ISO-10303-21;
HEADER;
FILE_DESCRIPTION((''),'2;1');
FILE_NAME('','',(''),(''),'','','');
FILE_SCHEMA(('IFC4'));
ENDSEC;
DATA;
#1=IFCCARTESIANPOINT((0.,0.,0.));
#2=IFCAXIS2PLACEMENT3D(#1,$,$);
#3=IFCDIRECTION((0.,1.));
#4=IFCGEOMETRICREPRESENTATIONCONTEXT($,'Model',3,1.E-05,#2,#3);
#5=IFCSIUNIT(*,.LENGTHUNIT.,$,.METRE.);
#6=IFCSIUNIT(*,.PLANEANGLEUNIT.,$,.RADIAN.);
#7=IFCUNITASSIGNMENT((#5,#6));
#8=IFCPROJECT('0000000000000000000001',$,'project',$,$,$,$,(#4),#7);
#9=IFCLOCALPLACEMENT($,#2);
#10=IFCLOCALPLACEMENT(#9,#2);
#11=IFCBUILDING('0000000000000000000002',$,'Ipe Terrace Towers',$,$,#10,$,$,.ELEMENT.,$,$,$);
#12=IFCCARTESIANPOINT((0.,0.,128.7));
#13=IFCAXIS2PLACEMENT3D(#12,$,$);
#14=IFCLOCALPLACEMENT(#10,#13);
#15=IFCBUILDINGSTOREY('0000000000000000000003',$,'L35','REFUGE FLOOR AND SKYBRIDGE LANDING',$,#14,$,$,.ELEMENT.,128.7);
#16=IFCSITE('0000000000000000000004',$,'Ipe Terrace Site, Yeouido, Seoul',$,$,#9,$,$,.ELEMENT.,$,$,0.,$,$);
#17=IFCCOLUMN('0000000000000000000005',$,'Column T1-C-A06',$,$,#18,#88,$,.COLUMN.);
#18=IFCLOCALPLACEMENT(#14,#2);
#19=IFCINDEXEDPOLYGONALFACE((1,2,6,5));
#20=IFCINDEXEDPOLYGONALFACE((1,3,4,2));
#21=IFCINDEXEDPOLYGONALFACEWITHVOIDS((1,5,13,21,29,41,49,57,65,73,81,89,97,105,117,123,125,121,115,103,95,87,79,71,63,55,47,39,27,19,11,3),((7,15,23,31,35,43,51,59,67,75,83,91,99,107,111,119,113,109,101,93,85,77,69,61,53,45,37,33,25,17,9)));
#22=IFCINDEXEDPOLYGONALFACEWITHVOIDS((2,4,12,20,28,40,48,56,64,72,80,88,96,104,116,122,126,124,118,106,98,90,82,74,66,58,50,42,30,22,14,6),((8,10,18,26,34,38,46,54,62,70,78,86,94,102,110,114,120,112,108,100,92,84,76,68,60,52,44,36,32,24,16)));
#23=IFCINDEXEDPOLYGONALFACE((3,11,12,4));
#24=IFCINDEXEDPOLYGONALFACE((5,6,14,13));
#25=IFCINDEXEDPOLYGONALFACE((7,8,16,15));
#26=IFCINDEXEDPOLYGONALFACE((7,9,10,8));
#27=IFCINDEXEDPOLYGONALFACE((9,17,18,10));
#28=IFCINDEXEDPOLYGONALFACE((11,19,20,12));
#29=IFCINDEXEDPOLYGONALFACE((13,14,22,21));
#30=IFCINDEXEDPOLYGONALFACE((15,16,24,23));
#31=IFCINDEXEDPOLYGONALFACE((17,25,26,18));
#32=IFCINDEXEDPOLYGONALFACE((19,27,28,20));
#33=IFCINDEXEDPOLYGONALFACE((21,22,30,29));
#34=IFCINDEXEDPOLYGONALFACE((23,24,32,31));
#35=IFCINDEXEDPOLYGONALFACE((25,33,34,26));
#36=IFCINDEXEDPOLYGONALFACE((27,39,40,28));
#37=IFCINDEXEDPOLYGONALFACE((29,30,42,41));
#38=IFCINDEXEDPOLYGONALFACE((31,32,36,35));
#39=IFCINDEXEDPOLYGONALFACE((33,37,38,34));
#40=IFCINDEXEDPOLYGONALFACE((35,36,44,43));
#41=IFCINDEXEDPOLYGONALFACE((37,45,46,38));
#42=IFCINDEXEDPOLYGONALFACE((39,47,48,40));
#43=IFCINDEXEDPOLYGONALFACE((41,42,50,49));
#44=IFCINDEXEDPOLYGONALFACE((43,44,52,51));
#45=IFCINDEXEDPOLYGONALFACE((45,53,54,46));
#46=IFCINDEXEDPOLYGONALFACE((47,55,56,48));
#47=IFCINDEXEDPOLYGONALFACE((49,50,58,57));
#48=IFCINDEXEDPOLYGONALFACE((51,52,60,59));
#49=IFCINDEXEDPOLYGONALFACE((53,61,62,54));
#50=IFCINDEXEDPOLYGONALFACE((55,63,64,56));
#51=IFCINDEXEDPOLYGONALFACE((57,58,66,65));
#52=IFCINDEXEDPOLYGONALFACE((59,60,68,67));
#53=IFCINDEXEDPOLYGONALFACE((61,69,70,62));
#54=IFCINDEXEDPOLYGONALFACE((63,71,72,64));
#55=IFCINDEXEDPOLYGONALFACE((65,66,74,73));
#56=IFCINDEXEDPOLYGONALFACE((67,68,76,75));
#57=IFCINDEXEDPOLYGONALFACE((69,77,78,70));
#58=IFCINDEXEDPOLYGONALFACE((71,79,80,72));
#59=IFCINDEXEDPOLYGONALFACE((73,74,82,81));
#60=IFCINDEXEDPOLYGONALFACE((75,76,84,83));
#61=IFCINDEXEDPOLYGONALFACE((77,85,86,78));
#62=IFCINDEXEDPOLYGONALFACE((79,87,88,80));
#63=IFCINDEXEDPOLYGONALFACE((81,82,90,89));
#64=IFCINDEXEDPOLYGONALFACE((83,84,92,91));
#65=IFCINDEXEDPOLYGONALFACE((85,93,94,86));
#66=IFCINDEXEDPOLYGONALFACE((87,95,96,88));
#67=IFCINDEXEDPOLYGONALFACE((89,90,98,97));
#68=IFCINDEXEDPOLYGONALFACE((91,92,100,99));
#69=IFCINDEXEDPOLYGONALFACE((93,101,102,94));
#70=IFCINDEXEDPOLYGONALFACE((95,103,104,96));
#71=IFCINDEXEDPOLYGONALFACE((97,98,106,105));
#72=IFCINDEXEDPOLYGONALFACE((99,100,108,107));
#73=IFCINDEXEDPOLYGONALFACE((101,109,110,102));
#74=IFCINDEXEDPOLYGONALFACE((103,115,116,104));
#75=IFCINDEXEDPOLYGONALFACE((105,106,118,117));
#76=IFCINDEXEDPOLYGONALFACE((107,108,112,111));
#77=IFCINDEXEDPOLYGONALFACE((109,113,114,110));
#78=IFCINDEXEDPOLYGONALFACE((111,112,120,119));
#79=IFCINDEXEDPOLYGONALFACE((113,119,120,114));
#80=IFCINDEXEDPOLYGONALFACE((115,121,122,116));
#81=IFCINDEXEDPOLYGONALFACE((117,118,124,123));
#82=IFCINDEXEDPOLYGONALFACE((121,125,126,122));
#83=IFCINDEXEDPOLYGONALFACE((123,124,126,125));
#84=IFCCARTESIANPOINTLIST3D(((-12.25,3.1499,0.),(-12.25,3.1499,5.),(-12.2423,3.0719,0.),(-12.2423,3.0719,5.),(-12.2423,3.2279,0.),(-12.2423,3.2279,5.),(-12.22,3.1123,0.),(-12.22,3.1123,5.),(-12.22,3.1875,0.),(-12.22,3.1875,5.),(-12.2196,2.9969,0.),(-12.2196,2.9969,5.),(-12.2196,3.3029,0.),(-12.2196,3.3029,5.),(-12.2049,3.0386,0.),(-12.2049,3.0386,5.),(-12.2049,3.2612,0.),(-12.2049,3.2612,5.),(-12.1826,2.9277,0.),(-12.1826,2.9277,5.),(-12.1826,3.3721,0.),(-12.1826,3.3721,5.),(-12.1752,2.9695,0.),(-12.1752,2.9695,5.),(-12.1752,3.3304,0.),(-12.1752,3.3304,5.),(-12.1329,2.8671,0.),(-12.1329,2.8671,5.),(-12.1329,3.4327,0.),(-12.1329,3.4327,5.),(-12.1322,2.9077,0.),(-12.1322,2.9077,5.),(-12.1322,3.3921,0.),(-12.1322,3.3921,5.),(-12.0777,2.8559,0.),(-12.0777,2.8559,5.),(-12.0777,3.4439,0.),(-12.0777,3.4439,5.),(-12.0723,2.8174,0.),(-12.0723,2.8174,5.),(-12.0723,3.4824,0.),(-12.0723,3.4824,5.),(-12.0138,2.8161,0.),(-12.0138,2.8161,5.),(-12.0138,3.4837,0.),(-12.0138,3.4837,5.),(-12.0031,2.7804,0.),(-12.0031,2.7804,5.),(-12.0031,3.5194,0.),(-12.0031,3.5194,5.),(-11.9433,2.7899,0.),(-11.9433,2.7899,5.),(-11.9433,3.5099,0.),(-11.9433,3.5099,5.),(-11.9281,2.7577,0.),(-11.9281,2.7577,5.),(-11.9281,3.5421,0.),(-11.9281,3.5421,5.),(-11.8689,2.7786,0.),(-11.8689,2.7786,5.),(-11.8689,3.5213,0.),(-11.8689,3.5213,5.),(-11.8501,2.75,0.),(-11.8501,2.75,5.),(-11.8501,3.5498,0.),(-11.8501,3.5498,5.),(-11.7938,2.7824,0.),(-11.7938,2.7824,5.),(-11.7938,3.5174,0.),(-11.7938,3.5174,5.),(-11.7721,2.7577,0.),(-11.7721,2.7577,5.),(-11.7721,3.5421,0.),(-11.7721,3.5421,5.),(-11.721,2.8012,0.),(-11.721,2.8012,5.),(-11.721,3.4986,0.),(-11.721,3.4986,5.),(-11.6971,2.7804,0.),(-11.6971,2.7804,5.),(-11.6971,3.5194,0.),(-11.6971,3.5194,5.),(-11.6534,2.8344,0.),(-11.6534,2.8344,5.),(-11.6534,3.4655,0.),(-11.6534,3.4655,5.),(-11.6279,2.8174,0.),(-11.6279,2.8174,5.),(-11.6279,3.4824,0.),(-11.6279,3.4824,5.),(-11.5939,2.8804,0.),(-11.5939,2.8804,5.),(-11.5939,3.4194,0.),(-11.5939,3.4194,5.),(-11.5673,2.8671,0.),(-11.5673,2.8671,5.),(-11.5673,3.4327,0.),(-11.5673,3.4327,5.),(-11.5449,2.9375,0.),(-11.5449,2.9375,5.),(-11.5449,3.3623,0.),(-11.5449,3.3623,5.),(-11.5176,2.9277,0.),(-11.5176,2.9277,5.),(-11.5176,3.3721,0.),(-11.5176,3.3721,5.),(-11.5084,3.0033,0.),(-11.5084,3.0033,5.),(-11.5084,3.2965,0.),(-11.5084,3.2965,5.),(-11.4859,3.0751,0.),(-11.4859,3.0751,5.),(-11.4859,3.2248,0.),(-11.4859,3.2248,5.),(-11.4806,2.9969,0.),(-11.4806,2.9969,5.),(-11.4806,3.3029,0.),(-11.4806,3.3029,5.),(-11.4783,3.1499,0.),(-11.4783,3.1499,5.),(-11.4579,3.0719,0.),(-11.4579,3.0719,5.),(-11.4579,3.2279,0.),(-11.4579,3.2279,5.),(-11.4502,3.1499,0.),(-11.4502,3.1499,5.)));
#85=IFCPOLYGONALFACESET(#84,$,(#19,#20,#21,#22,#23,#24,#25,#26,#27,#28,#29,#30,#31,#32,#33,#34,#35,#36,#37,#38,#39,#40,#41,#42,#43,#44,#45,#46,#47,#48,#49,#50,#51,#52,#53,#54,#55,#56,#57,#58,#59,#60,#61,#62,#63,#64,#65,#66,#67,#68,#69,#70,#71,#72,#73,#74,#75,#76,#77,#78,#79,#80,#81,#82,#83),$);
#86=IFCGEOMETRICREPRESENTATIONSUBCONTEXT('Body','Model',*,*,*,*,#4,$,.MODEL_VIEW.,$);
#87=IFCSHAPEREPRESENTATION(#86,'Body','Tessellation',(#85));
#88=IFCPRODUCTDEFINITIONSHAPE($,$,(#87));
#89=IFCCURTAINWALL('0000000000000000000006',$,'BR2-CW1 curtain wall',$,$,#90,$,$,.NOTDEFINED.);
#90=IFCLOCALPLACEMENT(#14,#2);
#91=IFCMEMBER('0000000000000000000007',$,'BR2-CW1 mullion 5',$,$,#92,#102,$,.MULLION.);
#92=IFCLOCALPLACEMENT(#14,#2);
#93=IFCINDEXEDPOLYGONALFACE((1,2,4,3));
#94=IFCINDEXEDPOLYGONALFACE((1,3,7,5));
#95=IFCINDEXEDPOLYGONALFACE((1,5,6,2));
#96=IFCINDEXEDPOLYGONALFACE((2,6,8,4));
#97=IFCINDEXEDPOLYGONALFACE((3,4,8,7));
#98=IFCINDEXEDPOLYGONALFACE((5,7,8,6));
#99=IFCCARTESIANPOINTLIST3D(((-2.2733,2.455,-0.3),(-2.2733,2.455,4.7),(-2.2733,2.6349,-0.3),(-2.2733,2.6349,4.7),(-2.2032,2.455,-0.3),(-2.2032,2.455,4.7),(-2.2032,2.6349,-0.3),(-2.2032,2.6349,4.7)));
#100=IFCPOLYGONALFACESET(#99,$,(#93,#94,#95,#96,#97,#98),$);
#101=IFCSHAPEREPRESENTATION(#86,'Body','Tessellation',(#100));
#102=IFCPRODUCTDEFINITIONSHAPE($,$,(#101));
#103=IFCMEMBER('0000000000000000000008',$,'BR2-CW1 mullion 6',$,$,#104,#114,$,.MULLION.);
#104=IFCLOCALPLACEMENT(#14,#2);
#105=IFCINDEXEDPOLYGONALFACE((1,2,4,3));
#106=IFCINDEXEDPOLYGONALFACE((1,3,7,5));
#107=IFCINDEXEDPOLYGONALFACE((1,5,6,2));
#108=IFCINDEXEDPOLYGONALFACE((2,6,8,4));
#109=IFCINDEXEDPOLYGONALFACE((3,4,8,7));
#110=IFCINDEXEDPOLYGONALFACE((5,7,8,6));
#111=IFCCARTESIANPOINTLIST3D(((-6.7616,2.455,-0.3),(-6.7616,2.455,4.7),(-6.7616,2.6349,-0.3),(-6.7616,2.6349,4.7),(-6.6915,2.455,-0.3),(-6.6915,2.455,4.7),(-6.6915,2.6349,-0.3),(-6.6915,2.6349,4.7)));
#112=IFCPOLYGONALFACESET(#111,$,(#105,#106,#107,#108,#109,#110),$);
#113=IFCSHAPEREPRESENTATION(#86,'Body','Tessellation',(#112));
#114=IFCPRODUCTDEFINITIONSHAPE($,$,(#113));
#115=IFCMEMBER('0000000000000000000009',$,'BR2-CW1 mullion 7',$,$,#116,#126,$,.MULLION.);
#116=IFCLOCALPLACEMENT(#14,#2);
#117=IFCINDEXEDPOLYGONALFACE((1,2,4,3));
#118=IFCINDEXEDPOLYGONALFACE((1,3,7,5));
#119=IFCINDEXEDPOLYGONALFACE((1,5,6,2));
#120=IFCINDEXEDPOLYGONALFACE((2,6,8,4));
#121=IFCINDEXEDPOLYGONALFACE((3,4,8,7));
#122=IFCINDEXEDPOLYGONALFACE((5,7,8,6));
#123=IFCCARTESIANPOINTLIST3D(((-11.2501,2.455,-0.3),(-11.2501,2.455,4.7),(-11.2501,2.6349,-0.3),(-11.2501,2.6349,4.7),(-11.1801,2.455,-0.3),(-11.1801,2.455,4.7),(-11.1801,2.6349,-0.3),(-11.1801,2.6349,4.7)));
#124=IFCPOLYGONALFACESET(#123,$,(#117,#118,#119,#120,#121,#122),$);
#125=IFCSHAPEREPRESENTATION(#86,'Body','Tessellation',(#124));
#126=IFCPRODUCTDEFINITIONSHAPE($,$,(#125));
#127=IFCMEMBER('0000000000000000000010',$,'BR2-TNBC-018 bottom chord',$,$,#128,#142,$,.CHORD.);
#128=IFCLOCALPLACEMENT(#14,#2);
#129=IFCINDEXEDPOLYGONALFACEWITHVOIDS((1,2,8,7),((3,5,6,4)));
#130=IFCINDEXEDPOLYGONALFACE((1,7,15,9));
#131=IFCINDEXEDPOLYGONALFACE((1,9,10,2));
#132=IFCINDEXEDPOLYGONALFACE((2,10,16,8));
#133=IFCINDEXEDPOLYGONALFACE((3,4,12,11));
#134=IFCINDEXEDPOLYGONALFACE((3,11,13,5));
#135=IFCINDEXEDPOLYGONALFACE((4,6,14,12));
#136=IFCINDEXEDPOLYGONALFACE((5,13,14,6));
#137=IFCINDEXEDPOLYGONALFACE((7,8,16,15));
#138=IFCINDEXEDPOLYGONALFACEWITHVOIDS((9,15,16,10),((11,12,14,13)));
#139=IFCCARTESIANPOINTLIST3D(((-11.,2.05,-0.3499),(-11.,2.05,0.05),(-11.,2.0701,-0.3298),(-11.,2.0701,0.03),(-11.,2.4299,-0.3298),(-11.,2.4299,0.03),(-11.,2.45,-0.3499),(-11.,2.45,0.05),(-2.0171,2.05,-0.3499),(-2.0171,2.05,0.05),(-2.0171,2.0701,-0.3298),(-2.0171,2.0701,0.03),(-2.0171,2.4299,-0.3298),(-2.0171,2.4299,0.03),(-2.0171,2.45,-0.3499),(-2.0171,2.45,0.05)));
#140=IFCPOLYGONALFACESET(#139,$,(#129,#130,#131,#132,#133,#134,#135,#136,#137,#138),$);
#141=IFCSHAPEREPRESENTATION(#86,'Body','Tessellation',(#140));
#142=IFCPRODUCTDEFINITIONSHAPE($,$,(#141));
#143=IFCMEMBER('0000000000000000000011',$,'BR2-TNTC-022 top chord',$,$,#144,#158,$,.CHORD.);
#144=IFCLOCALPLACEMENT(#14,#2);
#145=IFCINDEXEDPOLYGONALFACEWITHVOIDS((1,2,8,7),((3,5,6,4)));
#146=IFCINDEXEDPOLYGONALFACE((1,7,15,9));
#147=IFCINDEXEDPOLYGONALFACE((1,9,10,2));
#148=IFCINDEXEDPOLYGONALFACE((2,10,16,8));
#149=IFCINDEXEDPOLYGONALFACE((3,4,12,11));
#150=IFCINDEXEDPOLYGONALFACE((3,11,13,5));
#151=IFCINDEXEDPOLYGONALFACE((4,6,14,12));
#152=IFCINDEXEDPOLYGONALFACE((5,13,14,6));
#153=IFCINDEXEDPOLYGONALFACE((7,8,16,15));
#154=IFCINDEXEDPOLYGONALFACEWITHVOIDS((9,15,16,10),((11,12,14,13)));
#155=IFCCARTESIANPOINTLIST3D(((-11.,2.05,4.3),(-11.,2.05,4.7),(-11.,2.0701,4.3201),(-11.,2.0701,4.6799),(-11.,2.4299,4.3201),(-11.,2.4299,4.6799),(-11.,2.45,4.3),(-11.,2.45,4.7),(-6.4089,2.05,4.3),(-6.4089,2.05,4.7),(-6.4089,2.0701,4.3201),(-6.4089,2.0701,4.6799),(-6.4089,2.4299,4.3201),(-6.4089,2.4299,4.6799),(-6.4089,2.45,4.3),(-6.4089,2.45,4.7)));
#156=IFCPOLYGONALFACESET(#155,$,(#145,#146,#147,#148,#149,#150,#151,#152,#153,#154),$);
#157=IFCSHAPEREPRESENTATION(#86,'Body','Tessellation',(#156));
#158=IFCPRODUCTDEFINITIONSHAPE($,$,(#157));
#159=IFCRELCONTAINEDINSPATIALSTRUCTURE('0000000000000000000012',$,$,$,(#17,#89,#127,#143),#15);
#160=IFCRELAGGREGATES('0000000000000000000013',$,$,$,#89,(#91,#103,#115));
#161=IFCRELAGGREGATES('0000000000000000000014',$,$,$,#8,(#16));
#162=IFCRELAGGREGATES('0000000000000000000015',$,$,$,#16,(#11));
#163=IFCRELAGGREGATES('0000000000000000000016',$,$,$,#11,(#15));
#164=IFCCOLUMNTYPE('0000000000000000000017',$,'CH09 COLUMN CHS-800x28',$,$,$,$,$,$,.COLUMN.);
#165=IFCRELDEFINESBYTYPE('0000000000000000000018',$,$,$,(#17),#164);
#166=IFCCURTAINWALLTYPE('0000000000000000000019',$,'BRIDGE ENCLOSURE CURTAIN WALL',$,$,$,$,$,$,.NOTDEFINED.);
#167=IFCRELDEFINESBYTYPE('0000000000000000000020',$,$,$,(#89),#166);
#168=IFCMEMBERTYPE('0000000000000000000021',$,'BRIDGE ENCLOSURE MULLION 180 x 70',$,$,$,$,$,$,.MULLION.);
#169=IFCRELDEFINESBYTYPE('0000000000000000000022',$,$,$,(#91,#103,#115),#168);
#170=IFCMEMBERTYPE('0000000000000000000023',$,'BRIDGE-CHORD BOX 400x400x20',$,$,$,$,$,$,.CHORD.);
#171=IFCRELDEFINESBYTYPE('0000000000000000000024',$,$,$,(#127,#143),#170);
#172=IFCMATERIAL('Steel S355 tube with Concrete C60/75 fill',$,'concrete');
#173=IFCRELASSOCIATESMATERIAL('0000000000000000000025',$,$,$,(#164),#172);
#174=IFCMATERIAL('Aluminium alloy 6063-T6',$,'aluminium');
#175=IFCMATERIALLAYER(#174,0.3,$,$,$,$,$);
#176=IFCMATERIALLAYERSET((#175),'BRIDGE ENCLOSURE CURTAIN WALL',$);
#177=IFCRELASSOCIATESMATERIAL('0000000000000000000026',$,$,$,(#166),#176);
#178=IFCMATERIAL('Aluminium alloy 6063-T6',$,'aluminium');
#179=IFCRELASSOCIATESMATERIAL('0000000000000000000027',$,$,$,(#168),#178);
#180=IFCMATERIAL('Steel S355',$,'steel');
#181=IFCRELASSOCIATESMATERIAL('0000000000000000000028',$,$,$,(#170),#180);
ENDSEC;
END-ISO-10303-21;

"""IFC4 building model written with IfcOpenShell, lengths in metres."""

from ifc_helpers import new_model, si_unit, direction, frame, origin, origin_2d, place, context, subcontext, project, spatial, rectangle, hollow_rectangle, hollow_circle, extrude, material, layer, layer_set, material_profile, profile_set, type_object, element, aggregate, save


model = new_model("IFC4")

# Units and contexts
model_context = context("Model", 3, precision=1e-05, world=origin(), true_north=direction((0.0, 1.0)))
body_context = subcontext(model_context, "Body", "Model", "MODEL_VIEW")
ifc_project = project(units=[si_unit("LENGTHUNIT", "METRE"), si_unit("PLANEANGLEUNIT", "RADIAN")], contexts=[model_context])

# Site, building, storey
site_placement = place(None, origin())
site = spatial("IfcSite", under=ifc_project, at=site_placement, Name="Ipe Terrace Site, Yeouido, Seoul", CompositionType="ELEMENT", RefElevation=0.0)
building_placement = place(site_placement, origin())
building = spatial("IfcBuilding", under=site, at=building_placement, Name="Ipe Terrace Towers", CompositionType="ELEMENT")
storey_placement = place(building_placement, frame((0.0, 0.0, 128.7)))
storey = spatial("IfcBuildingStorey", under=building, at=storey_placement, Name="L35", Description="REFUGE FLOOR AND SKYBRIDGE LANDING", CompositionType="ELEMENT", Elevation=128.7)

# Column
ifc_material_1 = material(Name="Steel S355 tube with Concrete C60/75 fill", Category="concrete")
ifc_material_profile_1 = material_profile(ifc_material_1, hollow_circle(Radius=0.3999, WallThickness=0.0281, at=origin_2d()), Name="CHS-800x28")
ifc_profile_set_1 = profile_set([ifc_material_profile_1], Name="Steel S355 tube with Concrete C60/75 fill")
column_type = type_object("IfcColumnType", Name="CH09 COLUMN CHS-800x28", PredefinedType="COLUMN", material=ifc_profile_set_1)
column_placement = place(storey_placement, frame((-11.8501, 3.1499, 0.0), z_axis=(0.0, 0.0, 1.0), x_axis=(1.0, 0.0, 0.0)))
element("IfcColumn", 1, at=column_placement, inside=storey, type_object=column_type, Name="Column T1-C-A06", PredefinedType="COLUMN", context=body_context, shape_type="SweptSolid", body=[
    extrude(hollow_circle(Radius=0.3999, WallThickness=0.0281, at=origin_2d()), origin(), (0.0, 0.0, 1.0), 5.0),
])

# Curtain wall, members
ifc_material_2 = material(Name="Aluminium alloy 6063-T6", Category="aluminium")
ifc_layer_1 = layer(ifc_material_2, 0.3)
ifc_layer_set_1 = layer_set([ifc_layer_1], Name="BRIDGE ENCLOSURE CURTAIN WALL")
curtain_wall_type_1 = type_object("IfcCurtainWallType", Name="BRIDGE ENCLOSURE CURTAIN WALL", PredefinedType="NOTDEFINED", material=ifc_layer_set_1)
curtain_wall_1_placement = place(storey_placement, origin())
curtain_wall_1 = element("IfcCurtainWall", 2, at=curtain_wall_1_placement, inside=storey, type_object=curtain_wall_type_1, Name="BR2-CW1 curtain wall", PredefinedType="NOTDEFINED")
ifc_material_3 = material(Name="Aluminium alloy 6063-T6", Category="aluminium")
ifc_material_profile_2 = material_profile(ifc_material_3, rectangle(XDim=0.1799, YDim=0.0701, at=origin_2d()), Name="BRIDGE ENCLOSURE MULLION 180 x 70")
ifc_profile_set_2 = profile_set([ifc_material_profile_2], Name="Aluminium alloy 6063-T6")
member_type_1 = type_object("IfcMemberType", Name="BRIDGE ENCLOSURE MULLION 180 x 70", PredefinedType="MULLION", material=ifc_profile_set_2)
member_1_placement = place(storey_placement, frame((-2.2383, 2.5449, -0.3), z_axis=(0.0, 0.0, 1.0), x_axis=(0.0, 1.0, 0.0)))
member_1 = element("IfcMember", 3, at=member_1_placement, type_object=member_type_1, Name="BR2-CW1 mullion 5", PredefinedType="MULLION", context=body_context, shape_type="SweptSolid", body=[
    extrude(rectangle(XDim=0.1799, YDim=0.0701, at=origin_2d()), origin(), (0.0, 0.0, 1.0), 5.0),
])
member_2_placement = place(storey_placement, frame((-6.7266, 2.5449, -0.3), z_axis=(0.0, 0.0, 1.0), x_axis=(0.0, 1.0, 0.0)))
member_2 = element("IfcMember", 4, at=member_2_placement, type_object=member_type_1, Name="BR2-CW1 mullion 6", PredefinedType="MULLION", context=body_context, shape_type="SweptSolid", body=[
    extrude(rectangle(XDim=0.1799, YDim=0.0701, at=origin_2d()), origin(), (0.0, 0.0, 1.0), 5.0),
])
member_3_placement = place(storey_placement, frame((-11.2151, 2.5449, -0.3), z_axis=(0.0, 0.0, 1.0), x_axis=(0.0, 1.0, 0.0)))
member_3 = element("IfcMember", 5, at=member_3_placement, type_object=member_type_1, Name="BR2-CW1 mullion 7", PredefinedType="MULLION", context=body_context, shape_type="SweptSolid", body=[
    extrude(rectangle(XDim=0.1799, YDim=0.0701, at=origin_2d()), origin(), (0.0, 0.0, 1.0), 5.0),
])

# Members
ifc_material_4 = material(Name="Steel S355", Category="steel")
ifc_material_profile_3 = material_profile(ifc_material_4, hollow_rectangle(XDim=0.3999, YDim=0.3999, WallThickness=0.02, at=origin_2d()), Name="BRIDGE-CHORD BOX 400x400x20")
ifc_profile_set_3 = profile_set([ifc_material_profile_3], Name="Steel S355")
member_type_2 = type_object("IfcMemberType", Name="BRIDGE-CHORD BOX 400x400x20", PredefinedType="CHORD", material=ifc_profile_set_3)
member_4_placement = place(storey_placement, frame((-2.0171, 2.25, -0.1499), z_axis=(-1.0, 0.0, 0.0), x_axis=(0.0, -1.0, 0.0)))
element("IfcMember", 6, at=member_4_placement, inside=storey, type_object=member_type_2, Name="BR2-TNBC-018 bottom chord", PredefinedType="CHORD", context=body_context, shape_type="SweptSolid", body=[
    extrude(hollow_rectangle(XDim=0.3999, YDim=0.3999, WallThickness=0.02, at=origin_2d()), origin(), (0.0, 0.0, 1.0), 8.9829),
])
member_5_placement = place(storey_placement, frame((-6.4089, 2.25, 4.5), z_axis=(-1.0, 0.0, 0.0), x_axis=(0.0, -1.0, 0.0)))
element("IfcMember", 7, at=member_5_placement, inside=storey, type_object=member_type_2, Name="BR2-TNTC-022 top chord", PredefinedType="CHORD", context=body_context, shape_type="SweptSolid", body=[
    extrude(hollow_rectangle(XDim=0.3999, YDim=0.3999, WallThickness=0.02, at=origin_2d()), origin(), (0.0, 0.0, 1.0), 4.5911),
])

aggregate(curtain_wall_1, [member_1, member_2, member_3])

save(model, "model.ifc")
